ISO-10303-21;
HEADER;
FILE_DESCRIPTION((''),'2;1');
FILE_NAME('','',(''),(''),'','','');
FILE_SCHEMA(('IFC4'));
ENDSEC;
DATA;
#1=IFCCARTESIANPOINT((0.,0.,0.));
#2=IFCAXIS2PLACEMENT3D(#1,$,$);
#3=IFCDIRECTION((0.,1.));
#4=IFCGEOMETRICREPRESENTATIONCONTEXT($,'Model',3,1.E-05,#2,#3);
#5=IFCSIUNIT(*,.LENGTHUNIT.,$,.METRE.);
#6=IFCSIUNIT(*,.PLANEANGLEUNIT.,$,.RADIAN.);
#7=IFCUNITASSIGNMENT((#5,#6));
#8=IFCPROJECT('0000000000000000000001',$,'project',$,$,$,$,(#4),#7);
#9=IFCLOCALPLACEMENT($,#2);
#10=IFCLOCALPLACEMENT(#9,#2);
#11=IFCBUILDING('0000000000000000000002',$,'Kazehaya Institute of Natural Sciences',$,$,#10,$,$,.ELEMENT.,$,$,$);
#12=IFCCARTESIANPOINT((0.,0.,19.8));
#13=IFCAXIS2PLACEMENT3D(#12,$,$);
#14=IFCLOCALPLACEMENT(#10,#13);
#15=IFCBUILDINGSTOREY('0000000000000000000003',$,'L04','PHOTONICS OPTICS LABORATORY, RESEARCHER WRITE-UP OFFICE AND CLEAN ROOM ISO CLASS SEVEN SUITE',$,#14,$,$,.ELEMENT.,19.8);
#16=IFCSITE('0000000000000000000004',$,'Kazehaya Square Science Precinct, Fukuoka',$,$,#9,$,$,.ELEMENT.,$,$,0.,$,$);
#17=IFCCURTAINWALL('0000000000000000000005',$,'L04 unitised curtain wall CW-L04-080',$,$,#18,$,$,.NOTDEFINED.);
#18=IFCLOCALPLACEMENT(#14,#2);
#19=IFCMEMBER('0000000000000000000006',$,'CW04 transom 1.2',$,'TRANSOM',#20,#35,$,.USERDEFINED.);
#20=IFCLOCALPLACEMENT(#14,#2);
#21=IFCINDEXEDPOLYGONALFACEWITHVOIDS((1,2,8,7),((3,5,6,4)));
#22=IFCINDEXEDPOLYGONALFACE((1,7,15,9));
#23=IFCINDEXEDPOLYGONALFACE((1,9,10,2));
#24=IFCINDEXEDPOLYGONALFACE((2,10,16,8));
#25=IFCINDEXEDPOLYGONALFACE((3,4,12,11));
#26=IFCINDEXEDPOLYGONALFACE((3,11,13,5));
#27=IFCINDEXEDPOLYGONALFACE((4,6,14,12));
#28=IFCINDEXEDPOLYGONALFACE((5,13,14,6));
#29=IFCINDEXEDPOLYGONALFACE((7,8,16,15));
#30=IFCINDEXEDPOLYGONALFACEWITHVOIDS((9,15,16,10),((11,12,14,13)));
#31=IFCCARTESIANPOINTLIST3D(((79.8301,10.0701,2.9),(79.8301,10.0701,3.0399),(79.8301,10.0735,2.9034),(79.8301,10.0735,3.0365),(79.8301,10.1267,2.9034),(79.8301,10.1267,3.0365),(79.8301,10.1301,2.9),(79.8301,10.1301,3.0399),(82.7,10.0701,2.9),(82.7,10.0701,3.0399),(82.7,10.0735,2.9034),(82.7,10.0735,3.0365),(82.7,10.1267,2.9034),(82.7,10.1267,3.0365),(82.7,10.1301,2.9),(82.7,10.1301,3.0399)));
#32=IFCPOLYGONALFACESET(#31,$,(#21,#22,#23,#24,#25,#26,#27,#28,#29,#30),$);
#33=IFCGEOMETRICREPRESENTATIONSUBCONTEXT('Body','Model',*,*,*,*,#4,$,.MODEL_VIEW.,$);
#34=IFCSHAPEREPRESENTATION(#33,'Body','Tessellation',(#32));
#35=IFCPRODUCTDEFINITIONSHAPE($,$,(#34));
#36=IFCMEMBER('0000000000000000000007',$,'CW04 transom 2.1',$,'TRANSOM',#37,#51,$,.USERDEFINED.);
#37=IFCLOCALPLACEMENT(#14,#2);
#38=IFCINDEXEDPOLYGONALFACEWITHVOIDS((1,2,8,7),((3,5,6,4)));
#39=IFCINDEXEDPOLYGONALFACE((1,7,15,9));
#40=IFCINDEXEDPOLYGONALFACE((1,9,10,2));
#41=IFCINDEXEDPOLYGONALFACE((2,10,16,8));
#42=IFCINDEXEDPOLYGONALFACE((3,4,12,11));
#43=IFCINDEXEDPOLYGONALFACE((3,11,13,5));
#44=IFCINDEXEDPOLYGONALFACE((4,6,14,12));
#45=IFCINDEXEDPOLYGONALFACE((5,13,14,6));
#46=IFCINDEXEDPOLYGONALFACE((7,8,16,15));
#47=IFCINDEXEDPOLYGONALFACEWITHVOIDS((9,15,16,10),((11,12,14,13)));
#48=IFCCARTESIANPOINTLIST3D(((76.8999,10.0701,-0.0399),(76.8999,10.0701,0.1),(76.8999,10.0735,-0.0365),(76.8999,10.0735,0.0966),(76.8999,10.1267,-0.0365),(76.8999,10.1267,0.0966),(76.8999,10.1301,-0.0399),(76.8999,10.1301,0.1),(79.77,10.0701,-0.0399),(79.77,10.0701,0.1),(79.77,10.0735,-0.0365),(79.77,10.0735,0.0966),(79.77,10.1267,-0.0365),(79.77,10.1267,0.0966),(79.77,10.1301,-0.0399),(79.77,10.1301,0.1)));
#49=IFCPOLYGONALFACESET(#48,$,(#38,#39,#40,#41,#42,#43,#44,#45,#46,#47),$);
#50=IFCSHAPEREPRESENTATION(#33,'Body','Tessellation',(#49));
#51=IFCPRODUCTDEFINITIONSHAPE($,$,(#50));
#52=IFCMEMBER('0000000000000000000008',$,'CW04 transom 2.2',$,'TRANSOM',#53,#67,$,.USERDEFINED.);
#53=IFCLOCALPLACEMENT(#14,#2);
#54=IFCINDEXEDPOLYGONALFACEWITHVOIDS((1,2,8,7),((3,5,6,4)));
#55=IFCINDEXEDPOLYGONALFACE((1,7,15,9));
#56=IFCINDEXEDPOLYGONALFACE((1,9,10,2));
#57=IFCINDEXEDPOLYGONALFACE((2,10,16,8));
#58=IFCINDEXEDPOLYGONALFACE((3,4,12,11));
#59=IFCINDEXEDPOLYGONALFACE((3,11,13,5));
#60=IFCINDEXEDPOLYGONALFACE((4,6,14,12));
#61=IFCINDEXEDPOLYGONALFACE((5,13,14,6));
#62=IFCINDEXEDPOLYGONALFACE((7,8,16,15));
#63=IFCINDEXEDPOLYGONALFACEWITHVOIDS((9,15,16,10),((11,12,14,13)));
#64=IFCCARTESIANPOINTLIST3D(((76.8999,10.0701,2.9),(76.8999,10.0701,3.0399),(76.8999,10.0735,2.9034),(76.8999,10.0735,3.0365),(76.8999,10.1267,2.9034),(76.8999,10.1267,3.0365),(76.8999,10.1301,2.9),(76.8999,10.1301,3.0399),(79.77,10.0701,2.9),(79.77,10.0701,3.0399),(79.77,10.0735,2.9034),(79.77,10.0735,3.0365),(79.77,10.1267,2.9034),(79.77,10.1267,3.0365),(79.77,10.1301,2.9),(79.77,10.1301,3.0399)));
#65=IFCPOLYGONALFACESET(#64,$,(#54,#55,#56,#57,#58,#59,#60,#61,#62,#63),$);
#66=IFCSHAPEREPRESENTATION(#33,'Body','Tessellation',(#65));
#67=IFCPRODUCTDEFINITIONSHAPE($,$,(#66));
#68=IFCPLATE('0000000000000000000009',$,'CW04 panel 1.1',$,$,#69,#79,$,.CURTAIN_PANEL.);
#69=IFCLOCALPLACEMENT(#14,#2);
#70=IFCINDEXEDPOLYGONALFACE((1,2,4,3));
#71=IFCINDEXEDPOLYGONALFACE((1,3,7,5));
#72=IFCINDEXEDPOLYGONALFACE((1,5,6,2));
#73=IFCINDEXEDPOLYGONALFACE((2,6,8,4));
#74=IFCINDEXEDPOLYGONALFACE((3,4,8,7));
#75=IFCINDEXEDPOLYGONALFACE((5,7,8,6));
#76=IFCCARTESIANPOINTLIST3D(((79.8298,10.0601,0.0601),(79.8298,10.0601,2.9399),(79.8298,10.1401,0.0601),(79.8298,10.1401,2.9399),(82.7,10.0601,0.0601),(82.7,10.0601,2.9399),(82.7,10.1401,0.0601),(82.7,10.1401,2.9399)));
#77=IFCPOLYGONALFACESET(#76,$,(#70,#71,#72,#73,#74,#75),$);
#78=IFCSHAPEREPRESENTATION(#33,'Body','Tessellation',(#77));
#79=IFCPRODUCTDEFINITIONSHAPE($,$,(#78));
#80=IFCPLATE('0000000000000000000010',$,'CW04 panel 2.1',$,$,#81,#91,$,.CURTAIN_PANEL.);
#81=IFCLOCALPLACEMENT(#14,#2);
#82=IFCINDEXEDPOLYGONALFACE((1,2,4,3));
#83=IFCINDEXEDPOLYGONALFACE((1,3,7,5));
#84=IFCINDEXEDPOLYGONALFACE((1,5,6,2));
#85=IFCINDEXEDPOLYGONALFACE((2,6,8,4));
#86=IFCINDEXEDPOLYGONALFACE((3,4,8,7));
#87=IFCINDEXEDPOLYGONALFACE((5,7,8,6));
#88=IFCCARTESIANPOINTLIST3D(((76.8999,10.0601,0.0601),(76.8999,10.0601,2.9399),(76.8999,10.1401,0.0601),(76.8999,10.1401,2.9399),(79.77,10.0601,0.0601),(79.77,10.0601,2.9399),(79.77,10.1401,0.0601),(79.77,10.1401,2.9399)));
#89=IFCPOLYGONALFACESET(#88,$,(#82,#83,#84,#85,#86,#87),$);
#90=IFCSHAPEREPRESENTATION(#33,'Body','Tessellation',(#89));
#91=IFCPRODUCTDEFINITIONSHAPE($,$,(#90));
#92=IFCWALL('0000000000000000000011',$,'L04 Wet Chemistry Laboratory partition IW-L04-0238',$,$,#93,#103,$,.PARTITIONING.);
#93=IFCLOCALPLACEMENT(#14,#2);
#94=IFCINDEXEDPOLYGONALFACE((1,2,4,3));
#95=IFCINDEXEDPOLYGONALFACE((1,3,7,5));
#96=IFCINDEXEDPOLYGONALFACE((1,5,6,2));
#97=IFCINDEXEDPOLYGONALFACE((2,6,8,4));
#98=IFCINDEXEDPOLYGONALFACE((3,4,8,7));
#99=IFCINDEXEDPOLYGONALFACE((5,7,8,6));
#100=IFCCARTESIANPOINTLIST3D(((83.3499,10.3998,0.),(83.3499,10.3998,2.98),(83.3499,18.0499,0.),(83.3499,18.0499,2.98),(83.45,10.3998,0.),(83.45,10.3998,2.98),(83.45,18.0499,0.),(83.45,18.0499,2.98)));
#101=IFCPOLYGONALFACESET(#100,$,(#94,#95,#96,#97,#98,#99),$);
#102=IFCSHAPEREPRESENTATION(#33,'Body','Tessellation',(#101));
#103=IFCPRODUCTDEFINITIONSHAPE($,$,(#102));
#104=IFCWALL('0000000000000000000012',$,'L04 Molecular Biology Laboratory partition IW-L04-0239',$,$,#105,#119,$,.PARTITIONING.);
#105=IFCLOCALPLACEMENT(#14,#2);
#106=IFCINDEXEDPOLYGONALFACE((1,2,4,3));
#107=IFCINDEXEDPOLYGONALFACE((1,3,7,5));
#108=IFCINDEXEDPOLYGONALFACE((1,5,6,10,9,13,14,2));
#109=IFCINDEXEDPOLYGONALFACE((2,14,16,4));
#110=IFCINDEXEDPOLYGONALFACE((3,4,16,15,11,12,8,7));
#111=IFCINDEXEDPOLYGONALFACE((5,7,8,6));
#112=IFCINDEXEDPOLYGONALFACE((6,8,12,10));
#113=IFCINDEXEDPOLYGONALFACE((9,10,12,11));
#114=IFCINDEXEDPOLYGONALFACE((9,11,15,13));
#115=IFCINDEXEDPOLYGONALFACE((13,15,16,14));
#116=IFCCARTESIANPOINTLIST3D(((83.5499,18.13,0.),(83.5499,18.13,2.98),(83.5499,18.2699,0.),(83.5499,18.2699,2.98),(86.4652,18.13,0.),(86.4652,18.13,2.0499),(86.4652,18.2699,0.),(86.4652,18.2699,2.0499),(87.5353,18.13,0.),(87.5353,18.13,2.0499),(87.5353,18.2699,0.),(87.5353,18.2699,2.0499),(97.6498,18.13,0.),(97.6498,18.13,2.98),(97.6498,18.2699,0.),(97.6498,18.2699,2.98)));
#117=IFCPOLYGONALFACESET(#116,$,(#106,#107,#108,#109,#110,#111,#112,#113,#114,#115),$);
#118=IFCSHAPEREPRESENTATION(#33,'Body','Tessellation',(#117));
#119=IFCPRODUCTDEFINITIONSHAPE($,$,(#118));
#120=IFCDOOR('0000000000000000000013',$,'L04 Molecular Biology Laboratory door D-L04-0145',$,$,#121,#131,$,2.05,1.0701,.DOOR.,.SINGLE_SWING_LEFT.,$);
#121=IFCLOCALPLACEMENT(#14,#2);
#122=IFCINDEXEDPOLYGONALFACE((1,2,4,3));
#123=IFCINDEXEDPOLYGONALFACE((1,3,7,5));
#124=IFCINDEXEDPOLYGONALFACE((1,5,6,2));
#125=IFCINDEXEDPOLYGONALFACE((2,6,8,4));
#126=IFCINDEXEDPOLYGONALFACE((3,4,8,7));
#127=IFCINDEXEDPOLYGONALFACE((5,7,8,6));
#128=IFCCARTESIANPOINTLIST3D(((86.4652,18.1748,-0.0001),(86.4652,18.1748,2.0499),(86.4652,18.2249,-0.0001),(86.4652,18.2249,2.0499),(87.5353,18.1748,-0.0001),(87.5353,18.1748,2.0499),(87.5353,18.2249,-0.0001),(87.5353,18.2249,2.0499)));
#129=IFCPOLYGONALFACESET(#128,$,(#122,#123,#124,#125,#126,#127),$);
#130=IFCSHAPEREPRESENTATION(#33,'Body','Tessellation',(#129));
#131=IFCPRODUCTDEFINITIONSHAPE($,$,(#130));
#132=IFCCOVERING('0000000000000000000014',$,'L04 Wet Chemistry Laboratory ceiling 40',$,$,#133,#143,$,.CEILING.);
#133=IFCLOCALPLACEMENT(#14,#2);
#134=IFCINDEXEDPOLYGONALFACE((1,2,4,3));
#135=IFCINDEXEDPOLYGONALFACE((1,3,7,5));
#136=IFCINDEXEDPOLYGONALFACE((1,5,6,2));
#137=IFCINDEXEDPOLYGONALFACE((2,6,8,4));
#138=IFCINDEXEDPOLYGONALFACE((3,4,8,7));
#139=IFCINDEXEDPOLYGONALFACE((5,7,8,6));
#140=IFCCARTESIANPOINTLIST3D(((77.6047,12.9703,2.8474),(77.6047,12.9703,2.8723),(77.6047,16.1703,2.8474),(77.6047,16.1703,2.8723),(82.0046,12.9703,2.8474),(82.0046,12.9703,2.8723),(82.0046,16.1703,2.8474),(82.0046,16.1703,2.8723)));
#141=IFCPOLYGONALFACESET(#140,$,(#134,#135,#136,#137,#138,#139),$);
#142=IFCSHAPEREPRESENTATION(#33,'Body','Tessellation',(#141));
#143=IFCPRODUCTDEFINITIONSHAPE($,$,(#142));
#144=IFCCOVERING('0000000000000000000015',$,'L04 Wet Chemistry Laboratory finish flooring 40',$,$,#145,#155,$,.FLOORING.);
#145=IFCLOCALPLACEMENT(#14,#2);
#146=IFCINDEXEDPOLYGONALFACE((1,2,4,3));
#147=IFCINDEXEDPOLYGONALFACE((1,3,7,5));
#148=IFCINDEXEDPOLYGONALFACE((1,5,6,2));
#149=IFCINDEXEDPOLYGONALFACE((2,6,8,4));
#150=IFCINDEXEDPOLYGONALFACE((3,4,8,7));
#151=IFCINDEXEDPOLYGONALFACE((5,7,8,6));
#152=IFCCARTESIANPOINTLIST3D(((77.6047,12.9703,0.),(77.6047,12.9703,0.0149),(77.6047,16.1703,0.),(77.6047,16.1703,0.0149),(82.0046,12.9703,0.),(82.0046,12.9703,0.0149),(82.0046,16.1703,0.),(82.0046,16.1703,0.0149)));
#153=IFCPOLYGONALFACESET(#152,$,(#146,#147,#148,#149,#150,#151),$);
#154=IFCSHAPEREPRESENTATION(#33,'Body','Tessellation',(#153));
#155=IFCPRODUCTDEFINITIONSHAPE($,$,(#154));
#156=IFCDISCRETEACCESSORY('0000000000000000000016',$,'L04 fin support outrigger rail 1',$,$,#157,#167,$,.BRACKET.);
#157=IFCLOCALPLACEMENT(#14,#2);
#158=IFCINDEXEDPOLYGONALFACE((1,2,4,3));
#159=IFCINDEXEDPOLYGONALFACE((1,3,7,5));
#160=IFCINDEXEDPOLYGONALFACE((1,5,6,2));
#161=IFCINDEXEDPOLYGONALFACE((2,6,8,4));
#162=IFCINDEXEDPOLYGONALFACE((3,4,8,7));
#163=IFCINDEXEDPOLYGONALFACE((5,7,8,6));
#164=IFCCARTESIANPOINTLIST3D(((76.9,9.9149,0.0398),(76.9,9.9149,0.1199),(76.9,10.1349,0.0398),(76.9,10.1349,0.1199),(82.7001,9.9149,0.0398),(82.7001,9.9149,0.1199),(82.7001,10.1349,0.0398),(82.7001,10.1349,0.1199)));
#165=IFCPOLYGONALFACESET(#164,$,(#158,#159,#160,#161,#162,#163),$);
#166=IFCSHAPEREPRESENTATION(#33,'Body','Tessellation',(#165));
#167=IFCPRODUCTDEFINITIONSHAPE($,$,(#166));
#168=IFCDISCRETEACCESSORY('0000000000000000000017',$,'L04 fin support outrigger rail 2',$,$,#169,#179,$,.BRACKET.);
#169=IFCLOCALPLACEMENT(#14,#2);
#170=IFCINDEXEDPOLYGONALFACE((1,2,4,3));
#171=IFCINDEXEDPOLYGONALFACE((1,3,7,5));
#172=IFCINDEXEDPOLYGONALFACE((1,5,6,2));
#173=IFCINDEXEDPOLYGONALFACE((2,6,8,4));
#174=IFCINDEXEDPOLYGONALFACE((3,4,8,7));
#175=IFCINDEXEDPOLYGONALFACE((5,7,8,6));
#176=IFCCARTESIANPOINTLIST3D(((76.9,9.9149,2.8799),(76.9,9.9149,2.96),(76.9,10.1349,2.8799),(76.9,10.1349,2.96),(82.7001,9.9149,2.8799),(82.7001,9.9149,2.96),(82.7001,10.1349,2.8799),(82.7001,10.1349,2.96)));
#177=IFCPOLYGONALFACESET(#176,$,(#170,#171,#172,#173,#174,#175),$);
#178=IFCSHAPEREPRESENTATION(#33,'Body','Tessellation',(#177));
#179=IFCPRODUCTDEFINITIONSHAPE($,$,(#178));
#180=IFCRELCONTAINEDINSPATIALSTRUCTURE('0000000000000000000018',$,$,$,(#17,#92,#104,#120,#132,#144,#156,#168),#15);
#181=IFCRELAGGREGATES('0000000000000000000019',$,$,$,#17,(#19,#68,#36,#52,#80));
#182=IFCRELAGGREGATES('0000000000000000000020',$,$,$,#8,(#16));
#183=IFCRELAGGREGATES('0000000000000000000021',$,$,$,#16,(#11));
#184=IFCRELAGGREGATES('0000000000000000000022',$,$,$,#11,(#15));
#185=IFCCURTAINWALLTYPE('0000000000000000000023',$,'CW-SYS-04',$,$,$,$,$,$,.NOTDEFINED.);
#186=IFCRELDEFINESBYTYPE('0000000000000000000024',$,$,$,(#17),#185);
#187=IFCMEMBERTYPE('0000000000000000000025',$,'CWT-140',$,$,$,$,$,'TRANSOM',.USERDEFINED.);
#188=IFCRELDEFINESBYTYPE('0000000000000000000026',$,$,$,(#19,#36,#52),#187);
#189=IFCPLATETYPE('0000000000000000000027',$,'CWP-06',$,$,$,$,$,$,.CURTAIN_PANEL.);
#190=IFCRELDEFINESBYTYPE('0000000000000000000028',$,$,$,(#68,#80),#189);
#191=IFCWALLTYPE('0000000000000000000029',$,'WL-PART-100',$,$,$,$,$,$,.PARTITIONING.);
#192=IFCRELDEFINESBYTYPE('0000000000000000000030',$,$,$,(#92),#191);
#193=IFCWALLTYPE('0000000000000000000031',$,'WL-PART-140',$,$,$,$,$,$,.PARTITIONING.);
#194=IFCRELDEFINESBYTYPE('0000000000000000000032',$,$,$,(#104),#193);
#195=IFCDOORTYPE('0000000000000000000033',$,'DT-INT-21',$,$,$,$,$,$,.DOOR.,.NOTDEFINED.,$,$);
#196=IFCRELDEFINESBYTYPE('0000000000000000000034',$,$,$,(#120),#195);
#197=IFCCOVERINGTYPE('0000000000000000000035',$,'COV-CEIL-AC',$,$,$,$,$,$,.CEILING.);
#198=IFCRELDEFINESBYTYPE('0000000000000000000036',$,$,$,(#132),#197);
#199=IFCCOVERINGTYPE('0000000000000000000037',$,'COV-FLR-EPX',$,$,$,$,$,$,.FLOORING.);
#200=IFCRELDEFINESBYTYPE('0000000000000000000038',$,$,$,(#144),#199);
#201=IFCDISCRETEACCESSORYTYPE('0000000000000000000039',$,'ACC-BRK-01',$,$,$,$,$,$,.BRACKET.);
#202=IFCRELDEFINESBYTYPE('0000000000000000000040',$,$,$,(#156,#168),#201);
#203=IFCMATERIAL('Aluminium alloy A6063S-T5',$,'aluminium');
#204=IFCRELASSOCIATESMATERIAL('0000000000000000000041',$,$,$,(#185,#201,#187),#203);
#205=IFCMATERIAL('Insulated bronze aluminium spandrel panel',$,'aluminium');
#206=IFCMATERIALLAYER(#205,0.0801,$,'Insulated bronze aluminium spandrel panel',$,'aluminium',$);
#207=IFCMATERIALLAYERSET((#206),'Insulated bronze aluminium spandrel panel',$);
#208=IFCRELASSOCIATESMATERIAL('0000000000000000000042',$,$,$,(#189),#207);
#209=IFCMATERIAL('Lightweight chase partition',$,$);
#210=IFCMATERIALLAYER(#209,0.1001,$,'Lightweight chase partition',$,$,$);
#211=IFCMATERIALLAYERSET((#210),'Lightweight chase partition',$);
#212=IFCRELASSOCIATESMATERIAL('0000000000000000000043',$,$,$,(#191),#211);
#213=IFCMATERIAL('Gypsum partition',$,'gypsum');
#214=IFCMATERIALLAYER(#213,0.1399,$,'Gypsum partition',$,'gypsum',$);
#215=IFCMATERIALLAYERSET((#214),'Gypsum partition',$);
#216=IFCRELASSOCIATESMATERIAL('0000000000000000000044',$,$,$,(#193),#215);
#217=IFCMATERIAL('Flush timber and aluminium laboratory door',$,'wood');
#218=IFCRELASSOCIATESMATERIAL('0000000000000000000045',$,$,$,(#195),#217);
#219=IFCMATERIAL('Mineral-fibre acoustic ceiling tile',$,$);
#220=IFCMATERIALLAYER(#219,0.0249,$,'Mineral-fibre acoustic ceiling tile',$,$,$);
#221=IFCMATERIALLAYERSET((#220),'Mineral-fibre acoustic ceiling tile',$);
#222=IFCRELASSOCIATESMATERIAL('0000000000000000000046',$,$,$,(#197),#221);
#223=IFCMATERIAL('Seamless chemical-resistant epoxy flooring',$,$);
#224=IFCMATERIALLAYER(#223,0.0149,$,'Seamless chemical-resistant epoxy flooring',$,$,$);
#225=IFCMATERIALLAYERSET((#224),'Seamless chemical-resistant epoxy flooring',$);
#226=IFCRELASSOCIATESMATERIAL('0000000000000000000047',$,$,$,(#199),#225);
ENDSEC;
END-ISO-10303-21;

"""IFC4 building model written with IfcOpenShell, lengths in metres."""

from ifc_helpers import new_model, si_unit, direction, frame, frame_2d, origin, origin_2d, place, context, subcontext, project, spatial, rectangle, hollow_rectangle, extrude, material, layer, layer_set, material_profile, profile_set, type_object, element, fill, aggregate, save


model = new_model("IFC4")

# Units and contexts
model_context = context("Model", 3, precision=1e-05, world=origin(), true_north=direction((0.0, 1.0)))
body_context = subcontext(model_context, "Body", "Model", "MODEL_VIEW")
ifc_project = project(units=[si_unit("LENGTHUNIT", "METRE"), si_unit("PLANEANGLEUNIT", "RADIAN")], contexts=[model_context])

# Site, building, storey
site_placement = place(None, origin())
site = spatial("IfcSite", under=ifc_project, at=site_placement, Name="Kazehaya Square Science Precinct, Fukuoka", CompositionType="ELEMENT", RefElevation=0.0)
building_placement = place(site_placement, origin())
building = spatial("IfcBuilding", under=site, at=building_placement, Name="Kazehaya Institute of Natural Sciences", CompositionType="ELEMENT")
storey_placement = place(building_placement, frame((0.0, 0.0, 19.8)))
storey = spatial("IfcBuildingStorey", under=building, at=storey_placement, Name="L04", Description="PHOTONICS OPTICS LABORATORY, RESEARCHER WRITE-UP OFFICE AND CLEAN ROOM ISO CLASS SEVEN SUITE", CompositionType="ELEMENT", Elevation=19.8)

# Curtain wall, members, plates
ifc_material_1 = material(Name="Aluminium alloy A6063S-T5", Category="aluminium")
curtain_wall_type = type_object("IfcCurtainWallType", Name="CW-SYS-04", PredefinedType="NOTDEFINED", material=ifc_material_1)
curtain_wall_placement = place(storey_placement, origin())
curtain_wall = element("IfcCurtainWall", 1, at=curtain_wall_placement, inside=storey, type_object=curtain_wall_type, Name="L04 unitised curtain wall CW-L04-080", PredefinedType="NOTDEFINED")
ifc_material_profile_1 = material_profile(ifc_material_1, hollow_rectangle(XDim=0.0601, YDim=0.1399, WallThickness=0.0034, at=origin_2d()), Name="ALU-60x140x3.5")
ifc_profile_set_1 = profile_set([ifc_material_profile_1], Name="Aluminium alloy A6063S-T5")
member_type_1 = type_object("IfcMemberType", Name="CWT-140", ElementType="TRANSOM", PredefinedType="USERDEFINED", material=ifc_profile_set_1)
member_1_placement = place(storey_placement, frame((82.7, 10.1001, 2.97), z_axis=(-1.0, 0.0, 0.0), x_axis=(0.0, -1.0, 0.0)))
member_1 = element("IfcMember", 2, at=member_1_placement, type_object=member_type_1, Name="CW04 transom 1.2", ObjectType="TRANSOM", PredefinedType="USERDEFINED", context=body_context, shape_type="SweptSolid", body=[
    extrude(hollow_rectangle(XDim=0.0601, YDim=0.1399, WallThickness=0.0034, at=origin_2d()), origin(), (0.0, 0.0, 1.0), 2.8699),
])
member_2_placement = place(storey_placement, frame((79.77, 10.1001, 0.03), z_axis=(-1.0, 0.0, 0.0), x_axis=(0.0, -1.0, 0.0)))
member_2 = element("IfcMember", 3, at=member_2_placement, type_object=member_type_1, Name="CW04 transom 2.1", ObjectType="TRANSOM", PredefinedType="USERDEFINED", context=body_context, shape_type="SweptSolid", body=[
    extrude(hollow_rectangle(XDim=0.0601, YDim=0.1399, WallThickness=0.0034, at=origin_2d()), origin(), (0.0, 0.0, 1.0), 2.8701),
])
member_3_placement = place(storey_placement, frame((79.77, 10.1001, 2.97), z_axis=(-1.0, 0.0, 0.0), x_axis=(0.0, -1.0, 0.0)))
member_3 = element("IfcMember", 4, at=member_3_placement, type_object=member_type_1, Name="CW04 transom 2.2", ObjectType="TRANSOM", PredefinedType="USERDEFINED", context=body_context, shape_type="SweptSolid", body=[
    extrude(hollow_rectangle(XDim=0.0601, YDim=0.1399, WallThickness=0.0034, at=origin_2d()), origin(), (0.0, 0.0, 1.0), 2.8701),
])
ifc_material_2 = material(Name="Insulated bronze aluminium spandrel panel", Category="aluminium")
ifc_layer_1 = layer(ifc_material_2, 0.0801, Name="Insulated bronze aluminium spandrel panel", Category="aluminium")
ifc_layer_set_1 = layer_set([ifc_layer_1], Name="Insulated bronze aluminium spandrel panel")
plate_type = type_object("IfcPlateType", Name="CWP-06", PredefinedType="CURTAIN_PANEL", material=ifc_layer_set_1)
plate_1_placement = place(storey_placement, frame((81.2649, 10.1001, 0.0601), z_axis=(0.0, 0.0, 1.0), x_axis=(-1.0, 0.0, 0.0)))
plate_1 = element("IfcPlate", 5, at=plate_1_placement, type_object=plate_type, Name="CW04 panel 1.1", PredefinedType="CURTAIN_PANEL", context=body_context, shape_type="SweptSolid", body=[
    extrude(rectangle(XDim=2.8701, YDim=0.0801, at=origin_2d()), origin(), (0.0, 0.0, 1.0), 2.8799),
])
plate_2_placement = place(storey_placement, frame((78.335, 10.1001, 0.0601), z_axis=(0.0, 0.0, 1.0), x_axis=(-1.0, 0.0, 0.0)))
plate_2 = element("IfcPlate", 6, at=plate_2_placement, type_object=plate_type, Name="CW04 panel 2.1", PredefinedType="CURTAIN_PANEL", context=body_context, shape_type="SweptSolid", body=[
    extrude(rectangle(XDim=2.8701, YDim=0.0801, at=origin_2d()), origin(), (0.0, 0.0, 1.0), 2.8799),
])
aggregate(curtain_wall, [member_1, plate_1, member_2, member_3, plate_2])

# Wall
ifc_material_3 = material(Name="Lightweight chase partition")
ifc_layer_2 = layer(ifc_material_3, 0.1001, Name="Lightweight chase partition")
ifc_layer_set_2 = layer_set([ifc_layer_2], Name="Lightweight chase partition")
wall_type_1 = type_object("IfcWallType", Name="WL-PART-100", PredefinedType="PARTITIONING", material=ifc_layer_set_2)
wall_1_placement = place(storey_placement, frame((83.3999, 18.05, 0.0), z_axis=(0.0, 0.0, 1.0), x_axis=(0.0, -1.0, 0.0)))
element("IfcWall", 7, at=wall_1_placement, inside=storey, type_object=wall_type_1, Name="L04 Wet Chemistry Laboratory partition IW-L04-0238", PredefinedType="PARTITIONING", context=body_context, shape_type="SweptSolid", body=[
    extrude(rectangle(XDim=7.6501, YDim=0.1001, at=frame_2d((3.8252, 0.0))), origin(), (0.0, 0.0, 1.0), 2.98),
])

# Wall, opening, door
ifc_material_4 = material(Name="Gypsum partition", Category="gypsum")
ifc_layer_3 = layer(ifc_material_4, 0.1399, Name="Gypsum partition", Category="gypsum")
ifc_layer_set_3 = layer_set([ifc_layer_3], Name="Gypsum partition")
wall_type_2 = type_object("IfcWallType", Name="WL-PART-140", PredefinedType="PARTITIONING", material=ifc_layer_set_3)
wall_2_placement = place(storey_placement, frame((83.55, 18.2, 0.0), z_axis=(0.0, 0.0, 1.0), x_axis=(1.0, 0.0, 0.0)))
wall_2 = element("IfcWall", 8, at=wall_2_placement, inside=storey, type_object=wall_type_2, Name="L04 Molecular Biology Laboratory partition IW-L04-0239", PredefinedType="PARTITIONING", context=body_context, shape_type="SweptSolid", body=[
    extrude(rectangle(XDim=14.0999, YDim=0.1399, at=frame_2d((7.0498, 0.0))), origin(), (0.0, 0.0, 1.0), 2.98),
])
opening_placement = place(wall_2_placement, frame((2.915, 0.0, 0.0)))
opening = element("IfcOpeningElement", 9, at=opening_placement, cuts=wall_2, PredefinedType="OPENING", context=body_context, shape_type="SweptSolid", body=[
    extrude(rectangle(XDim=1.0701, YDim=2.05, at=frame_2d((0.5352, 1.0249))), frame((0.0, 0.0798, 0.0), z_axis=(0.0, -1.0, 0.0), x_axis=(1.0, 0.0, 0.0)), (0.0, 0.0, 1.0), 0.1599),
])
ifc_material_5 = material(Name="Flush timber and aluminium laboratory door", Category="wood")
door_type = type_object("IfcDoorType", Name="DT-INT-21", OperationType="NOTDEFINED", PredefinedType="DOOR", material=ifc_material_5)
door_placement = place(opening_placement, origin())
door = element("IfcDoor", 10, at=door_placement, inside=storey, type_object=door_type, Name="L04 Molecular Biology Laboratory door D-L04-0145", OperationType="SINGLE_SWING_LEFT", OverallHeight=2.05, OverallWidth=1.0701, PredefinedType="DOOR", context=body_context, shape_type="SweptSolid", body=[
    extrude(rectangle(XDim=1.0701, YDim=2.05, at=frame_2d((0.5352, 1.0249))), frame((0.0, 0.0249, 0.0), z_axis=(0.0, -1.0, 0.0), x_axis=(1.0, 0.0, 0.0)), (0.0, 0.0, 1.0), 0.05),
])
fill(opening, door)

# Coverings
ifc_material_6 = material(Name="Mineral-fibre acoustic ceiling tile")
ifc_layer_4 = layer(ifc_material_6, 0.0249, Name="Mineral-fibre acoustic ceiling tile")
ifc_layer_set_4 = layer_set([ifc_layer_4], Name="Mineral-fibre acoustic ceiling tile")
covering_type_1 = type_object("IfcCoveringType", Name="COV-CEIL-AC", PredefinedType="CEILING", material=ifc_layer_set_4)
covering_1_placement = place(storey_placement, frame((79.8047, 14.5703, 2.8474), z_axis=(0.0, 0.0, 1.0), x_axis=(1.0, 0.0, 0.0)))
element("IfcCovering", 11, at=covering_1_placement, inside=storey, type_object=covering_type_1, Name="L04 Wet Chemistry Laboratory ceiling 40", PredefinedType="CEILING", context=body_context, shape_type="SweptSolid", body=[
    extrude(rectangle(XDim=4.3999, YDim=3.2, at=origin_2d()), origin(), (0.0, 0.0, 1.0), 0.0249),
])
ifc_material_7 = material(Name="Seamless chemical-resistant epoxy flooring")
ifc_layer_5 = layer(ifc_material_7, 0.0149, Name="Seamless chemical-resistant epoxy flooring")
ifc_layer_set_5 = layer_set([ifc_layer_5], Name="Seamless chemical-resistant epoxy flooring")
covering_type_2 = type_object("IfcCoveringType", Name="COV-FLR-EPX", PredefinedType="FLOORING", material=ifc_layer_set_5)
covering_2_placement = place(storey_placement, frame((79.8047, 14.5703, 0.0), z_axis=(0.0, 0.0, 1.0), x_axis=(1.0, 0.0, 0.0)))
element("IfcCovering", 12, at=covering_2_placement, inside=storey, type_object=covering_type_2, Name="L04 Wet Chemistry Laboratory finish flooring 40", PredefinedType="FLOORING", context=body_context, shape_type="SweptSolid", body=[
    extrude(rectangle(XDim=4.3999, YDim=3.2, at=origin_2d()), origin(), (0.0, 0.0, 1.0), 0.0149),
])

# Discrete accessories
discrete_accessory_type_1 = type_object("IfcDiscreteAccessoryType", Name="ACC-BRK-01", PredefinedType="BRACKET", material=ifc_material_1)
for number, where, z_axis, x_axis, name in (
    (13, (79.8, 10.0249, 0.0398), (0.0, 0.0, 1.0), (-1.0, 0.0, 0.0), "L04 fin support outrigger rail 1"),
    (14, (79.8, 10.0249, 2.8799), (0.0, 0.0, 1.0), (-1.0, 0.0, 0.0), "L04 fin support outrigger rail 2"),
):
    element("IfcDiscreteAccessory", number, at=place(storey_placement, frame(where, z_axis=z_axis, x_axis=x_axis)), inside=storey, type_object=discrete_accessory_type_1, Name=name, PredefinedType="BRACKET", context=body_context, shape_type="SweptSolid", body=[
        extrude(rectangle(XDim=5.8, YDim=0.22, at=origin_2d()), origin(), (0.0, 0.0, 1.0), 0.0801),
    ])

save(model, "model.ifc")
